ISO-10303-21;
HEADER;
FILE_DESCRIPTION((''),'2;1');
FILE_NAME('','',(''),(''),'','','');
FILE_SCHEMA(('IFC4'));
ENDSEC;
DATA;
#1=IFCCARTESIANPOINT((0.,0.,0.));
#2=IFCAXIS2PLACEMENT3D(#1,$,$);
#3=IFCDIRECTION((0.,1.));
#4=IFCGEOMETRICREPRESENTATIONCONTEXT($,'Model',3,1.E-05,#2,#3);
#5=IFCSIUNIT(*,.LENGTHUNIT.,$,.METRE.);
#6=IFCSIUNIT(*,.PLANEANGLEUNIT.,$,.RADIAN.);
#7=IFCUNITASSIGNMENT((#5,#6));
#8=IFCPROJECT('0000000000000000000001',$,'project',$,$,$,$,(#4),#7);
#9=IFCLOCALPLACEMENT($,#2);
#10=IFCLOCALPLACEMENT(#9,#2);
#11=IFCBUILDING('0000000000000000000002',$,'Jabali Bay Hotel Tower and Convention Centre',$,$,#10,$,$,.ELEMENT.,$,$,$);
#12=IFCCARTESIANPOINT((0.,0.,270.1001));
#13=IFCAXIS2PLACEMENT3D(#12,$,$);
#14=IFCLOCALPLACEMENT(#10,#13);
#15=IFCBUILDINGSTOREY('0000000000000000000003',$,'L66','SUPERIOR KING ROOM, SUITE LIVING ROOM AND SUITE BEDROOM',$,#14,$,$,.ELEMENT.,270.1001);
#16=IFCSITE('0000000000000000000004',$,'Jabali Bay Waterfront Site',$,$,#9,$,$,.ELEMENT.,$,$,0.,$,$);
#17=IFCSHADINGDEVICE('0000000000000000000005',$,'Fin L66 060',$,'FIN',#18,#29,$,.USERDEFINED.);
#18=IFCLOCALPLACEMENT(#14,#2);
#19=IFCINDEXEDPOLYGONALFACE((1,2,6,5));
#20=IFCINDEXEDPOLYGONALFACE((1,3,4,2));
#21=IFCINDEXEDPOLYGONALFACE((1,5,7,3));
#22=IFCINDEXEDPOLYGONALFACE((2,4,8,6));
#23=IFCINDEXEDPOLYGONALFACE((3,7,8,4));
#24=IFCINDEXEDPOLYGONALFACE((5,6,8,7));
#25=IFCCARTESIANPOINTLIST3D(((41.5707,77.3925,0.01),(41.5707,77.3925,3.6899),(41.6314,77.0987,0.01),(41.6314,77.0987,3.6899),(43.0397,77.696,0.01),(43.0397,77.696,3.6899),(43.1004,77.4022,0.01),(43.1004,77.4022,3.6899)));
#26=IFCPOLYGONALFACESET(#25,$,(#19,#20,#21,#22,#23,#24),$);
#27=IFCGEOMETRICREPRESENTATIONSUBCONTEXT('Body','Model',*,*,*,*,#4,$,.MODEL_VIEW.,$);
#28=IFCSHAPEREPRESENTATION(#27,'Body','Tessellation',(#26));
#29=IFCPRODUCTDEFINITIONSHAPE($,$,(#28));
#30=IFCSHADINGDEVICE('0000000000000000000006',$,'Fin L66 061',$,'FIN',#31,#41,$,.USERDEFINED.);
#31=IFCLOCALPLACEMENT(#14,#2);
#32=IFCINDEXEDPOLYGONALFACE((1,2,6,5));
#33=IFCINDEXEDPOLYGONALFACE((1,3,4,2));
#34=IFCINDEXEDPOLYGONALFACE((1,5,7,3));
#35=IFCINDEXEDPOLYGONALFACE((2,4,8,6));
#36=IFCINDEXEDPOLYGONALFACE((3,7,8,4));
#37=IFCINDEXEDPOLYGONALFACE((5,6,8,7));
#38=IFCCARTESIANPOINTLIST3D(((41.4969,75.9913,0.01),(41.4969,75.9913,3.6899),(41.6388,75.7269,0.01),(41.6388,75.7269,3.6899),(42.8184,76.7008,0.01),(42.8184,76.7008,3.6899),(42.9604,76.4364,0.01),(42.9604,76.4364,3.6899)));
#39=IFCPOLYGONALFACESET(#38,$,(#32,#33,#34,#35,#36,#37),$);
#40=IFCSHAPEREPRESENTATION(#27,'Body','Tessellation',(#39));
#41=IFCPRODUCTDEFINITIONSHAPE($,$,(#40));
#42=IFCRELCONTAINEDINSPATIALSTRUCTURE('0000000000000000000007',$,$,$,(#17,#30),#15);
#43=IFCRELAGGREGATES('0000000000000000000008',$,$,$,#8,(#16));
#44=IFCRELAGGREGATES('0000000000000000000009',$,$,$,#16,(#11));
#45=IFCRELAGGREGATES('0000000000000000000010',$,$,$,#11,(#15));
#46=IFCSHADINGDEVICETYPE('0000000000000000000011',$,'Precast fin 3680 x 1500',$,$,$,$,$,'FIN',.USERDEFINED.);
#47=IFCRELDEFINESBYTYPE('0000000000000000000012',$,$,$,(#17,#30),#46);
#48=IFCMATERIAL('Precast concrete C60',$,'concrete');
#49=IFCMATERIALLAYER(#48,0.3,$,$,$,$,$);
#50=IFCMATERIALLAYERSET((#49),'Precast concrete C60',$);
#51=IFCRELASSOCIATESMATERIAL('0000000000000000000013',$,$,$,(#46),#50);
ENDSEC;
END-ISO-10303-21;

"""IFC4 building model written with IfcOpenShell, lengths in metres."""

from ifc_helpers import new_model, si_unit, direction, frame, frame_2d, origin, place, context, subcontext, project, spatial, rectangle, extrude, material, layer, layer_set, type_object, element, save


model = new_model("IFC4")

# Units and contexts
model_context = context("Model", 3, precision=1e-05, world=origin(), true_north=direction((0.0, 1.0)))
body_context = subcontext(model_context, "Body", "Model", "MODEL_VIEW")
ifc_project = project(units=[si_unit("LENGTHUNIT", "METRE"), si_unit("PLANEANGLEUNIT", "RADIAN")], contexts=[model_context])

# Site, building, storey
site_placement = place(None, origin())
site = spatial("IfcSite", under=ifc_project, at=site_placement, Name="Jabali Bay Waterfront Site", CompositionType="ELEMENT", RefElevation=0.0)
building_placement = place(site_placement, origin())
building = spatial("IfcBuilding", under=site, at=building_placement, Name="Jabali Bay Hotel Tower and Convention Centre", CompositionType="ELEMENT")
storey_placement = place(building_placement, frame((0.0, 0.0, 270.1001)))
storey = spatial("IfcBuildingStorey", under=building, at=storey_placement, Name="L66", Description="SUPERIOR KING ROOM, SUITE LIVING ROOM AND SUITE BEDROOM", CompositionType="ELEMENT", Elevation=270.1001)

# Shading devices
ifc_material_1 = material(Name="Precast concrete C60", Category="concrete")
ifc_layer_1 = layer(ifc_material_1, 0.3)
ifc_layer_set_1 = layer_set([ifc_layer_1], Name="Precast concrete C60")
shading_device_type_1 = type_object("IfcShadingDeviceType", Name="Precast fin 3680 x 1500", ElementType="FIN", PredefinedType="USERDEFINED", material=ifc_layer_set_1)
for number, where, z_axis, x_axis, name in (
    (1, (43.0701, 77.5491, 0.01), (0.0, 0.0, 1.0), (-0.979322, -0.20231, 0.0), "Fin L66 060"),
    (2, (42.8894, 76.5686, 0.01), (0.0, 0.0, 1.0), (-0.881061, -0.473003, 0.0), "Fin L66 061"),
):
    element("IfcShadingDevice", number, at=place(storey_placement, frame(where, z_axis=z_axis, x_axis=x_axis)), inside=storey, type_object=shading_device_type_1, Name=name, ObjectType="FIN", PredefinedType="USERDEFINED", context=body_context, shape_type="SweptSolid", body=[
        extrude(rectangle(XDim=1.5, YDim=0.3, at=frame_2d((0.75, 0.0))), origin(), (0.0, 0.0, 1.0), 3.6799),
    ])

save(model, "model.ifc")
